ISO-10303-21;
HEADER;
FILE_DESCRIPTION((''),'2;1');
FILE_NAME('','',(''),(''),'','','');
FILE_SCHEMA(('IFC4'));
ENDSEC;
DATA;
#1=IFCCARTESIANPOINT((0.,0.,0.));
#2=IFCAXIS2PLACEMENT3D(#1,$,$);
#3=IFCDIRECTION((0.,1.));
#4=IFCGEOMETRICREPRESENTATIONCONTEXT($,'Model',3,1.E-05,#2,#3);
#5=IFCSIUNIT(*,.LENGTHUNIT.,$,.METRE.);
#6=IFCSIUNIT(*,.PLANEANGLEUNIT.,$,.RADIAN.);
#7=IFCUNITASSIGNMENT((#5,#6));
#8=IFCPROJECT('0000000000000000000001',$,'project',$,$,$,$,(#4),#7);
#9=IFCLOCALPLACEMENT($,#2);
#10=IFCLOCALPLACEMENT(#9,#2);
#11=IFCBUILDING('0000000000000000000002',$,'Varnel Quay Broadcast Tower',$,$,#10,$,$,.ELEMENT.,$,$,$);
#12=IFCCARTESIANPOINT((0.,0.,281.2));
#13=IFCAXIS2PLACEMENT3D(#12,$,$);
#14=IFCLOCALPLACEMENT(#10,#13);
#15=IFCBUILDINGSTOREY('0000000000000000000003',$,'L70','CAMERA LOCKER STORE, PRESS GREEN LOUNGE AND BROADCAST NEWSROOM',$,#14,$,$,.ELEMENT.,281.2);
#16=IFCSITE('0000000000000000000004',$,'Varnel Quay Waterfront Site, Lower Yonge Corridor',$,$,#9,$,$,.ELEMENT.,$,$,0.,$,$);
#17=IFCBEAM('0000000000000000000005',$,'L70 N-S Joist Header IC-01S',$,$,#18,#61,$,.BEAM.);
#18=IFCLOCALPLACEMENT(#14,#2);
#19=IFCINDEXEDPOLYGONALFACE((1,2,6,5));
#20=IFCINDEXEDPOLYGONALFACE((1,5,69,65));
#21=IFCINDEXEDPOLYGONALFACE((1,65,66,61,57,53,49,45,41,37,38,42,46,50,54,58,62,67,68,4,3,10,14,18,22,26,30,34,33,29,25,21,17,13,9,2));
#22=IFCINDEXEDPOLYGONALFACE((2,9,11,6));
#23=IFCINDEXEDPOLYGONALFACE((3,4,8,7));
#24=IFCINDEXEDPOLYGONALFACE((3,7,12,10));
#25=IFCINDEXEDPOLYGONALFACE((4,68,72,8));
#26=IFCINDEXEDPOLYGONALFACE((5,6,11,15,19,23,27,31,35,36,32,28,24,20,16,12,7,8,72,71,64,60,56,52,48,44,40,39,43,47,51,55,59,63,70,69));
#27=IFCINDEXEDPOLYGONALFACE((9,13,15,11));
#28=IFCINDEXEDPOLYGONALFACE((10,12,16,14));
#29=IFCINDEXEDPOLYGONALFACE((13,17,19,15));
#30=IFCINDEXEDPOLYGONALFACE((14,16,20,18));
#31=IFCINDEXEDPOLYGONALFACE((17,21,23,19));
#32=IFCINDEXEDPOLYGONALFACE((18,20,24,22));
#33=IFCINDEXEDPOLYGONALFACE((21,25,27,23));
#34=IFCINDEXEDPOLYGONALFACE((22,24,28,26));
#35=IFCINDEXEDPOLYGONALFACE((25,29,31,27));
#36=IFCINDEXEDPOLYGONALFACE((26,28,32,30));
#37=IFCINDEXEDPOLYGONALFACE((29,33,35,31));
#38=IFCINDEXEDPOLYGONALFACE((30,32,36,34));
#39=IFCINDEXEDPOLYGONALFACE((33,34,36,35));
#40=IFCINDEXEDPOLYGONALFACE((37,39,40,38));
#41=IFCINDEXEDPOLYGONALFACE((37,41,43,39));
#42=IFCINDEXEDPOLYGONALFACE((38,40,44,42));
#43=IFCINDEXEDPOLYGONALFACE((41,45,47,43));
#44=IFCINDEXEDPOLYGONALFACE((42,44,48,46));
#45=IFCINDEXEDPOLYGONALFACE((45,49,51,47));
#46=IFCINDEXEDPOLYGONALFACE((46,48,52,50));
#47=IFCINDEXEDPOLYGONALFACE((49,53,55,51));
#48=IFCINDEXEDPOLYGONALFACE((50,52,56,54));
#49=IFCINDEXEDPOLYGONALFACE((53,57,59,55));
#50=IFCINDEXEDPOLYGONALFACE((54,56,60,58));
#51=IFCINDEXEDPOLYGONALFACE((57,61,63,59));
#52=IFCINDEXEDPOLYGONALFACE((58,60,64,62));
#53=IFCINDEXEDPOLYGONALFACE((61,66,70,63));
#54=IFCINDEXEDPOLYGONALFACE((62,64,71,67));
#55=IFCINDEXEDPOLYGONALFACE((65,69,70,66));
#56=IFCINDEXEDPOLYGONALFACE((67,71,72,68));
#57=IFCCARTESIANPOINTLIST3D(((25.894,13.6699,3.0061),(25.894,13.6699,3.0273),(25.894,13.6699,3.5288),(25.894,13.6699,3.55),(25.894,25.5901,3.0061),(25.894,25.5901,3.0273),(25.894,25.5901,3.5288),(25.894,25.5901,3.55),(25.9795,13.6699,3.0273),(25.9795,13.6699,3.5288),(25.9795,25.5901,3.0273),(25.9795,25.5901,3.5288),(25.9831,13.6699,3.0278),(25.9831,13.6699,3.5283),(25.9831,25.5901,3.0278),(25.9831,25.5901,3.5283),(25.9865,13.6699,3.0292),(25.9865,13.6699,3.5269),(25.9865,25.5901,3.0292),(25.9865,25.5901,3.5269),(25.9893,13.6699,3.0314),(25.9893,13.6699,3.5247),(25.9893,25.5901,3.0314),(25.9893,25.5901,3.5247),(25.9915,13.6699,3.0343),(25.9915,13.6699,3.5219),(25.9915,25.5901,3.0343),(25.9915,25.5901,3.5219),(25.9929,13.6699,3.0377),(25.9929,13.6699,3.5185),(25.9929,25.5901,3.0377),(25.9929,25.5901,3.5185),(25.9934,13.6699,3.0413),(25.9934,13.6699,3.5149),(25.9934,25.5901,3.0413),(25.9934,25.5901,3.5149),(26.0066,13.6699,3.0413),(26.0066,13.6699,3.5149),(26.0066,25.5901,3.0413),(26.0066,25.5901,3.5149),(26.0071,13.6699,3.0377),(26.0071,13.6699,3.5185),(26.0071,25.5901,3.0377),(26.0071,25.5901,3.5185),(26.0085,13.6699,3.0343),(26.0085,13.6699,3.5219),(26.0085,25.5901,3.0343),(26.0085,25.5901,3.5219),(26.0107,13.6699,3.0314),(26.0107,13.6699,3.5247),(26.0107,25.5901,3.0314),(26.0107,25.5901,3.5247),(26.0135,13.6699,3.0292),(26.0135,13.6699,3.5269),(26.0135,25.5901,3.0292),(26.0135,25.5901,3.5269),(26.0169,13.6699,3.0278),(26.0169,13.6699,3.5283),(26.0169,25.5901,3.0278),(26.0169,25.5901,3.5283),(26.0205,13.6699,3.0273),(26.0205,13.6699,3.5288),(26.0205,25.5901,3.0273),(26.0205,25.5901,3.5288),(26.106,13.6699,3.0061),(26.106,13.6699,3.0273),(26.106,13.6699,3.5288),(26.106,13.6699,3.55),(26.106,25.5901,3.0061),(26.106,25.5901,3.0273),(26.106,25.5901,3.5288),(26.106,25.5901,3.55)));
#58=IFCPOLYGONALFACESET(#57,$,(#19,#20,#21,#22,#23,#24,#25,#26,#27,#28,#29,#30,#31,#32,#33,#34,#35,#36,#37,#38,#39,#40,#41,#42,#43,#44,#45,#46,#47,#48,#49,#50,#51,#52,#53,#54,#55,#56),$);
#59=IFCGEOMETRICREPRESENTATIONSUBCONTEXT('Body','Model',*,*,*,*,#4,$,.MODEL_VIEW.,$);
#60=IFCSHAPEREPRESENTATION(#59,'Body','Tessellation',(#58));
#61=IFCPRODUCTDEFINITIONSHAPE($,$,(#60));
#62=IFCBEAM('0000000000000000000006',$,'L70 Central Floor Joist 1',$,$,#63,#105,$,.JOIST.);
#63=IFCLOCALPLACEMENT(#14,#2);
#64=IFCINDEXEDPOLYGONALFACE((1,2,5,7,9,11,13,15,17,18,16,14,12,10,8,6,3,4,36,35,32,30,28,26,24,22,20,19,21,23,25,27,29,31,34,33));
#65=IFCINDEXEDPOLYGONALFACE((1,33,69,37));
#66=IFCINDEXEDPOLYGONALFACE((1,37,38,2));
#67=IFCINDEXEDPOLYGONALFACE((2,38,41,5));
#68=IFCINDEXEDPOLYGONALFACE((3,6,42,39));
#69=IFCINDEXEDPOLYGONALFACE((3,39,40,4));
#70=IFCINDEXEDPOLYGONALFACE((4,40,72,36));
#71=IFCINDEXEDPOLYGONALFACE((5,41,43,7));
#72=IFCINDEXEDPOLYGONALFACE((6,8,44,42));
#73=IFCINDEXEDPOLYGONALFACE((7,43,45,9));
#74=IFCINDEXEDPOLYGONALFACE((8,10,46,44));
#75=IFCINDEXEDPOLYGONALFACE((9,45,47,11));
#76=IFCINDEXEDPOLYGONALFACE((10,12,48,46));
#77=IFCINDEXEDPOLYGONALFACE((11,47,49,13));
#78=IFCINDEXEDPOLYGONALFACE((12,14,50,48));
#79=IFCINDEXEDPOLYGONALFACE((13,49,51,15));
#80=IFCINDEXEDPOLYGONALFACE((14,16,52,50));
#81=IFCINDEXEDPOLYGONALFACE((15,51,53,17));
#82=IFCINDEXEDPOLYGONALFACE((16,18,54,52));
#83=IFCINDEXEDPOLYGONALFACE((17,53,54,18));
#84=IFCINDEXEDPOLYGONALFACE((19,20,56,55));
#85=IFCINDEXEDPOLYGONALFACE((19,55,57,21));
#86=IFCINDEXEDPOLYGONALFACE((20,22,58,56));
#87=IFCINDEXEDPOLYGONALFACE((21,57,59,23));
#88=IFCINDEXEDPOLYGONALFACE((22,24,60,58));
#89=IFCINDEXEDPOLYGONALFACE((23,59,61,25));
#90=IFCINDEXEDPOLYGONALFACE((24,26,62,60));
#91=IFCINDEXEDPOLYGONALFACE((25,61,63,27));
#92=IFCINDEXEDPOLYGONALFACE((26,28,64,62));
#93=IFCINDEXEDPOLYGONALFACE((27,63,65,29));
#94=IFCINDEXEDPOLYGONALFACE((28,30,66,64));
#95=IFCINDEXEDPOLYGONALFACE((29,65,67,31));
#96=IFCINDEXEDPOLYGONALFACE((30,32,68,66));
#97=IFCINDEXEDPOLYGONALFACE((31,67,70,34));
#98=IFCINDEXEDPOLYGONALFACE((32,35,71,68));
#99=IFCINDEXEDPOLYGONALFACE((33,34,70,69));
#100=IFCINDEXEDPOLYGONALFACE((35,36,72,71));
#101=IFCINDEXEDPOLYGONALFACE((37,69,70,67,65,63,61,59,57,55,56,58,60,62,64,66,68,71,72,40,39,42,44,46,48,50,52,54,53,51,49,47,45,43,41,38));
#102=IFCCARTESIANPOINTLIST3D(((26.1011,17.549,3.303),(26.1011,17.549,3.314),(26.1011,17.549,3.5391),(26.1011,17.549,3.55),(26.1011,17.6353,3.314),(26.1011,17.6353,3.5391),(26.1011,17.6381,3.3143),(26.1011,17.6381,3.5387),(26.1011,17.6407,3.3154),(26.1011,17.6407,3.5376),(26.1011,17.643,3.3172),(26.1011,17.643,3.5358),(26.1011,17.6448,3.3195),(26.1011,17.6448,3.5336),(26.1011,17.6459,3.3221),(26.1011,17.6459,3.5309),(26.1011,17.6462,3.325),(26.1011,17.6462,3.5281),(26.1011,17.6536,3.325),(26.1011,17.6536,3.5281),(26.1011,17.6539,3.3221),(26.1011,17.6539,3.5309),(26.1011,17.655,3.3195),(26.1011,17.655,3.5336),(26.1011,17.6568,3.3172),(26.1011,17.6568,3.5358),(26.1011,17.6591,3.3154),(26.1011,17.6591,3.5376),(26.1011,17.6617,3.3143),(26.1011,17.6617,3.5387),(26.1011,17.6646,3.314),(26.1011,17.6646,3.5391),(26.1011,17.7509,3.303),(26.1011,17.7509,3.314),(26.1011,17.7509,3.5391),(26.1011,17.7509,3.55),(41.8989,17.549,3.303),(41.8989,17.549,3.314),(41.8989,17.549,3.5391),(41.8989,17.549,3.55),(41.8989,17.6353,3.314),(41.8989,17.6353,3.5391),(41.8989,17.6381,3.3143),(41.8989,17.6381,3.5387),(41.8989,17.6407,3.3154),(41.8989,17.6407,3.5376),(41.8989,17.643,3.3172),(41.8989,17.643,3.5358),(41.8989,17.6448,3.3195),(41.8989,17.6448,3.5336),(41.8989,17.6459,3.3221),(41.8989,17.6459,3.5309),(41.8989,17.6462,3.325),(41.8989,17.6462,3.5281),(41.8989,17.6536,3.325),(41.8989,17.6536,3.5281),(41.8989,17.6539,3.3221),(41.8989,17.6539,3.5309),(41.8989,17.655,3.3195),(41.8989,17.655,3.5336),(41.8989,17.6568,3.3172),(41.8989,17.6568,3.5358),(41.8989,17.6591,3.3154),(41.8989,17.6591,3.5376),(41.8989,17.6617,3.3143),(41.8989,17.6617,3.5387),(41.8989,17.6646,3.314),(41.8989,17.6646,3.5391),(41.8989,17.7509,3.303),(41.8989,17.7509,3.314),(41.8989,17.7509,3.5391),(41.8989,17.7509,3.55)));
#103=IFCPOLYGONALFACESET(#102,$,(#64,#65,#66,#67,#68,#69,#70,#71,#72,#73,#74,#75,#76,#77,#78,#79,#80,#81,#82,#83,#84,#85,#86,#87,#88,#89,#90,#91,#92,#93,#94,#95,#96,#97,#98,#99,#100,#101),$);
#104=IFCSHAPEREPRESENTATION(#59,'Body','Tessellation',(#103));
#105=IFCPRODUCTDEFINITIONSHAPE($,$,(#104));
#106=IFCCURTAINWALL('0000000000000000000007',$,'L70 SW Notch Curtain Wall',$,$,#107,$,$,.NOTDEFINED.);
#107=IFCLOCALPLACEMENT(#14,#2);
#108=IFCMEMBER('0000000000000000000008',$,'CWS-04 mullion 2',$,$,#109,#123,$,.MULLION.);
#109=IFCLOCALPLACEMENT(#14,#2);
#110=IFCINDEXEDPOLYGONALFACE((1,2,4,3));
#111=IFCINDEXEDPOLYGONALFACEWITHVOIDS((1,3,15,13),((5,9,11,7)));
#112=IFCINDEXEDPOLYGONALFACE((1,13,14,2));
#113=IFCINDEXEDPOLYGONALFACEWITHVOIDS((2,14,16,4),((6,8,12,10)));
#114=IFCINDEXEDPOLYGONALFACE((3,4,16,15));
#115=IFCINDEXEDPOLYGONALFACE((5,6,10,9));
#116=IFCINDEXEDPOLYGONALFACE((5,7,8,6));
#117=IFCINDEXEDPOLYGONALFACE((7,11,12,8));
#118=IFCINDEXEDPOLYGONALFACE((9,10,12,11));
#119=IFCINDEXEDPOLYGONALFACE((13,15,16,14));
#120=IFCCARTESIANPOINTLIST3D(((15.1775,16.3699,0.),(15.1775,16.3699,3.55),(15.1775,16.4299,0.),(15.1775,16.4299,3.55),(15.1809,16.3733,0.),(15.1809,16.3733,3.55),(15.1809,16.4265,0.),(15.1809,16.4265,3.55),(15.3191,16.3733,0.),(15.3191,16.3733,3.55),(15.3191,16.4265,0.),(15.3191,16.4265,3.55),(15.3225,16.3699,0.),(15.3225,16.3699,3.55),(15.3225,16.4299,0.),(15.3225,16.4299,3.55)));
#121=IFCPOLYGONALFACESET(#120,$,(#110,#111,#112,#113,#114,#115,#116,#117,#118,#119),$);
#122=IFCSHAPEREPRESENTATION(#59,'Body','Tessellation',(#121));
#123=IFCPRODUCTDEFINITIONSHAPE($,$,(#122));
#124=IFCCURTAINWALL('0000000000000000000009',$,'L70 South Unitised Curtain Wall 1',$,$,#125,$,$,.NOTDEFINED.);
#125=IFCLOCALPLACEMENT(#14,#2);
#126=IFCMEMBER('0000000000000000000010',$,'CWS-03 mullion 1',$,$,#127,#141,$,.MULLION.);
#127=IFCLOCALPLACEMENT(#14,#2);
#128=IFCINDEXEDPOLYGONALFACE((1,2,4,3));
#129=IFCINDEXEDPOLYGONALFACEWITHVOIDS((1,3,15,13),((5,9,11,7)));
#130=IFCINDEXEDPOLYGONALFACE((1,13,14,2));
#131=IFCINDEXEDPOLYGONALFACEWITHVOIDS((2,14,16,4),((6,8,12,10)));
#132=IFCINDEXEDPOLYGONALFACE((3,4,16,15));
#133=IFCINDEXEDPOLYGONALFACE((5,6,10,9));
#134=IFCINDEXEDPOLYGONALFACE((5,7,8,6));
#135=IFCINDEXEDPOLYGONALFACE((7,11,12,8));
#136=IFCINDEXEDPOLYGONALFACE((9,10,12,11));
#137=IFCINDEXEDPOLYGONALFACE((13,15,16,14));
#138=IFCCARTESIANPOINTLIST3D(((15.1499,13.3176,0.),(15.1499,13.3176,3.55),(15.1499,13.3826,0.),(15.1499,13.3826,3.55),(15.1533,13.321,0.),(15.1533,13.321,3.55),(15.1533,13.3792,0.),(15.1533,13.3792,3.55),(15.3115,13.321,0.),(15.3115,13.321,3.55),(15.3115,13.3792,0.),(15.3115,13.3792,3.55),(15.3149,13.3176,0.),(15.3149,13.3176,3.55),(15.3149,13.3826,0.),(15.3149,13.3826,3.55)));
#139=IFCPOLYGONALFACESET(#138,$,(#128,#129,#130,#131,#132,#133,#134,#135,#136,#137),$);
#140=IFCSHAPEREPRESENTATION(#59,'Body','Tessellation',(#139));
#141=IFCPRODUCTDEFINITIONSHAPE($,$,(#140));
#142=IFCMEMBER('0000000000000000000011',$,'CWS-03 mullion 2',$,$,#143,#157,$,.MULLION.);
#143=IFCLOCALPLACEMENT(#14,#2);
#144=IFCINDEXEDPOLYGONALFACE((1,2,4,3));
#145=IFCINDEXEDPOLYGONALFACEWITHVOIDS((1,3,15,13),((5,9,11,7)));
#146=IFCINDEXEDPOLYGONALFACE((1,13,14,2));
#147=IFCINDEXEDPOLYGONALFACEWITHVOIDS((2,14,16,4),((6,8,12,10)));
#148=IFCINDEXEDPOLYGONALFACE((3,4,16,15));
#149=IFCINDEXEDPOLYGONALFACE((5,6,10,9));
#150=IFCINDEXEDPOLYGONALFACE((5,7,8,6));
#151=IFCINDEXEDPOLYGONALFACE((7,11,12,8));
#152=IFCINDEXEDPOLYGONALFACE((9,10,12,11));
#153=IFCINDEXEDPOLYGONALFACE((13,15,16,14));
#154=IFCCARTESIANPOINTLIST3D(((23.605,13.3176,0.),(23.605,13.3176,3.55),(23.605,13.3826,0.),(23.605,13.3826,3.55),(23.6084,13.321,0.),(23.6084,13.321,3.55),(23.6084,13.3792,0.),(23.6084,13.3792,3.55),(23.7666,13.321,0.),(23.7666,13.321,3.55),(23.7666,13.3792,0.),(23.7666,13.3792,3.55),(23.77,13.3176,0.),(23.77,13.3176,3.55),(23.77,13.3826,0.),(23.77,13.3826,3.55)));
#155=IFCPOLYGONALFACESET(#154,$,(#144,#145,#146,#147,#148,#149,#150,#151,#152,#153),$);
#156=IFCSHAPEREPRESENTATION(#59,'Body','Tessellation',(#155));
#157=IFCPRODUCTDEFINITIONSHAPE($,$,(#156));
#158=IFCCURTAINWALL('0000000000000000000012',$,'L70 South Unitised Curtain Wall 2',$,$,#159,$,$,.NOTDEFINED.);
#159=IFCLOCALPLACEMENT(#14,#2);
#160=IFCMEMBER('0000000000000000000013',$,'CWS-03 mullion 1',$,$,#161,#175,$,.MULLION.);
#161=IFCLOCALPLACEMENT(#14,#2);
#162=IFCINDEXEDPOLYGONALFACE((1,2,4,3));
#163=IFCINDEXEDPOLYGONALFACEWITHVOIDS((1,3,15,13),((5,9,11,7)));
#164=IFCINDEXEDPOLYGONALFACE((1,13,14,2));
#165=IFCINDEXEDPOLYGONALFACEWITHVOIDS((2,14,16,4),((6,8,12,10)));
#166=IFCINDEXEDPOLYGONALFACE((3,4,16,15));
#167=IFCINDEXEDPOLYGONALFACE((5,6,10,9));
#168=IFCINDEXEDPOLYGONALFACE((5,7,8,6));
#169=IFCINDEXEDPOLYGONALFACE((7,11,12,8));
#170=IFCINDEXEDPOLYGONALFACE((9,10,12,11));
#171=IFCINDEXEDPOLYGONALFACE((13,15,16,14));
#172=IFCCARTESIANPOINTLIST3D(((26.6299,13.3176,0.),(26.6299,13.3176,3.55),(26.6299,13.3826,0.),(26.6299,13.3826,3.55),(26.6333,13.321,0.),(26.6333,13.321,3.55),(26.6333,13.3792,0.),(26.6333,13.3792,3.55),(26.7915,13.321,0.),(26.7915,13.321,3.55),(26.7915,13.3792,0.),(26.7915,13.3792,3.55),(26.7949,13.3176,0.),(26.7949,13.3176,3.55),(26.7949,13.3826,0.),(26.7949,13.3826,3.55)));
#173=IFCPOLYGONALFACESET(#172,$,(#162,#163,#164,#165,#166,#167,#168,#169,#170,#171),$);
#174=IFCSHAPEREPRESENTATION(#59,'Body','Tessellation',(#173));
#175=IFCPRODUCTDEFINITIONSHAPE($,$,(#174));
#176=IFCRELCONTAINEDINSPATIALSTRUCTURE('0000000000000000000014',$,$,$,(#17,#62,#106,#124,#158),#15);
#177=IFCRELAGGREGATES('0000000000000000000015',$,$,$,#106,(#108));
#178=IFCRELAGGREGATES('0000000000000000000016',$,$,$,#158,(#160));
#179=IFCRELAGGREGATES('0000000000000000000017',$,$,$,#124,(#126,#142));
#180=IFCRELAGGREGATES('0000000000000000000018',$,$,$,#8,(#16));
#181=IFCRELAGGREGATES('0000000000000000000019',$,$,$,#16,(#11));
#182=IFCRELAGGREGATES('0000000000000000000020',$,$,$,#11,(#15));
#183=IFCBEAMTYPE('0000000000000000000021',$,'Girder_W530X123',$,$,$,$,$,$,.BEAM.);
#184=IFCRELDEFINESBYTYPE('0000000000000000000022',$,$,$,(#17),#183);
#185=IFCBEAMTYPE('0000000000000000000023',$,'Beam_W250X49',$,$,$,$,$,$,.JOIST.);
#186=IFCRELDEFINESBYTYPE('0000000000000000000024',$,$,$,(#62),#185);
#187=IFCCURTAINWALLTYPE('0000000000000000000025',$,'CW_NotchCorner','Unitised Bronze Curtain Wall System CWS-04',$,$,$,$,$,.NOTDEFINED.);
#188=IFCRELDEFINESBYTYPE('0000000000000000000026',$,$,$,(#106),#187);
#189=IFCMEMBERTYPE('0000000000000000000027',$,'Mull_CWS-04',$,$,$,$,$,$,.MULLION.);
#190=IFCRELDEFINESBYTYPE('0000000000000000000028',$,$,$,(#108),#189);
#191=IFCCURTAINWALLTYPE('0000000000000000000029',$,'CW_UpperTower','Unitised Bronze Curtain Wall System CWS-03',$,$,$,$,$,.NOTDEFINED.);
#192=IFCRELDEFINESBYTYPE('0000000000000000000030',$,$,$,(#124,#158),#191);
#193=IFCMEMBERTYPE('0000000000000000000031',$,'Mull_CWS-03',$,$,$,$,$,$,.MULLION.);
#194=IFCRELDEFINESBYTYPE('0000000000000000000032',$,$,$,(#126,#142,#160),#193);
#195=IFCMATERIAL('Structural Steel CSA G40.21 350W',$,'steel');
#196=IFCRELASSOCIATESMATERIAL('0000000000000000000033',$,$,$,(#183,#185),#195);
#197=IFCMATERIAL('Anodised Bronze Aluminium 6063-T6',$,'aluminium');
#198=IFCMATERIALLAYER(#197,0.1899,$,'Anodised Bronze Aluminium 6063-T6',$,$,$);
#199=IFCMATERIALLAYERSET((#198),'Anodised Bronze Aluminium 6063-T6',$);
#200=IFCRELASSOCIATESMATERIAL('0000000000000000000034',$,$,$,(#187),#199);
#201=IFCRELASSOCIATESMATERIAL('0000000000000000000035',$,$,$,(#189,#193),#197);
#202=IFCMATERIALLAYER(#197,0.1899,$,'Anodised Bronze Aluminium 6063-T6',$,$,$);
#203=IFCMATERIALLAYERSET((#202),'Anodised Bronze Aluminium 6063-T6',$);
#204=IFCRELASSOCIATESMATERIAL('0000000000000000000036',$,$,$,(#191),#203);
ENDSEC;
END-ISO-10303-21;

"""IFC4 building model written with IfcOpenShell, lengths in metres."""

from ifc_helpers import new_model, si_unit, direction, frame, origin, origin_2d, place, context, subcontext, project, spatial, hollow_rectangle, i_section, extrude, source, transform, mapped, material, layer, layer_set, material_profile, profile_set, type_object, type_shapes, element, aggregate, save


model = new_model("IFC4")

# Units and contexts
model_context = context("Model", 3, precision=1e-05, world=origin(), true_north=direction((0.0, 1.0)))
body_context = subcontext(model_context, "Body", "Model", "MODEL_VIEW")
ifc_project = project(units=[si_unit("LENGTHUNIT", "METRE"), si_unit("PLANEANGLEUNIT", "RADIAN")], contexts=[model_context])

# Site, building, storey
site_placement = place(None, origin())
site = spatial("IfcSite", under=ifc_project, at=site_placement, Name="Varnel Quay Waterfront Site, Lower Yonge Corridor", CompositionType="ELEMENT", RefElevation=0.0)
building_placement = place(site_placement, origin())
building = spatial("IfcBuilding", under=site, at=building_placement, Name="Varnel Quay Broadcast Tower", CompositionType="ELEMENT")
storey_placement = place(building_placement, frame((0.0, 0.0, 281.2)))
storey = spatial("IfcBuildingStorey", under=building, at=storey_placement, Name="L70", Description="CAMERA LOCKER STORE, PRESS GREEN LOUNGE AND BROADCAST NEWSROOM", CompositionType="ELEMENT", Elevation=281.2)

# Shared definitions
ifc_material_1 = material(Name="Structural Steel CSA G40.21 350W", Category="steel")

# Beams
ifc_material_profile_1 = material_profile(ifc_material_1, i_section(OverallWidth=0.2119, OverallDepth=0.5439, WebThickness=0.0132, FlangeThickness=0.0212, FilletRadius=0.0139, at=origin_2d()), Name="W530X123")
ifc_profile_set_1 = profile_set([ifc_material_profile_1], Name="Structural Steel CSA G40.21 350W")
beam_type_1 = type_object("IfcBeamType", Name="Girder_W530X123", PredefinedType="BEAM", material=ifc_profile_set_1)
shared_shape_1 = source(origin(), body_context, "Body", "SweptSolid", [
    extrude(i_section(OverallWidth=0.2119, OverallDepth=0.5439, WebThickness=0.0132, FlangeThickness=0.0212, FilletRadius=0.0139, at=origin_2d()), origin(), (0.0, 0.0, 1.0), 11.9202),
])
type_shapes(beam_type_1, [shared_shape_1])
beam_1_placement = place(storey_placement, frame((26.0, 13.6699, 3.2781), z_axis=(0.0, 1.0, 0.0), x_axis=(-1.0, 0.0, 0.0)))
element("IfcBeam", 1, at=beam_1_placement, inside=storey, type_object=beam_type_1, Name="L70 N-S Joist Header IC-01S", PredefinedType="BEAM", context=body_context, shape_type="MappedRepresentation", body=[
    mapped(shared_shape_1, transform((0.0, 0.0, 0.0), x_axis=(1.0, 0.0, 0.0), y_axis=(0.0, 1.0, 0.0), z_axis=(0.0, 0.0, 1.0), scale=1.0)),
])
ifc_material_profile_2 = material_profile(ifc_material_1, i_section(OverallWidth=0.2019, OverallDepth=0.2471, WebThickness=0.0073, FlangeThickness=0.011, FilletRadius=0.011, at=origin_2d()), Name="W250X49")
ifc_profile_set_2 = profile_set([ifc_material_profile_2], Name="Structural Steel CSA G40.21 350W")
beam_type_2 = type_object("IfcBeamType", Name="Beam_W250X49", PredefinedType="JOIST", material=ifc_profile_set_2)
shared_shape_2 = source(origin(), body_context, "Body", "SweptSolid", [
    extrude(i_section(OverallWidth=0.2019, OverallDepth=0.2471, WebThickness=0.0073, FlangeThickness=0.011, FilletRadius=0.011, at=origin_2d()), origin(), (0.0, 0.0, 1.0), 15.7979),
])
type_shapes(beam_type_2, [shared_shape_2])
beam_2_placement = place(storey_placement, frame((26.1011, 17.6499, 3.4265), z_axis=(1.0, 0.0, 0.0), x_axis=(0.0, 1.0, 0.0)))
element("IfcBeam", 2, at=beam_2_placement, inside=storey, type_object=beam_type_2, Name="L70 Central Floor Joist 1", PredefinedType="JOIST", context=body_context, shape_type="MappedRepresentation", body=[
    mapped(shared_shape_2, transform((0.0, 0.0, 0.0), x_axis=(1.0, 0.0, 0.0), y_axis=(0.0, 1.0, 0.0), z_axis=(0.0, 0.0, 1.0), scale=1.0)),
])

# Curtain wall, member
ifc_material_2 = material(Name="Anodised Bronze Aluminium 6063-T6", Category="aluminium")
ifc_layer_1 = layer(ifc_material_2, 0.1899, Name="Anodised Bronze Aluminium 6063-T6")
ifc_layer_set_1 = layer_set([ifc_layer_1], Name="Anodised Bronze Aluminium 6063-T6")
curtain_wall_type_1 = type_object("IfcCurtainWallType", Name="CW_NotchCorner", Description="Unitised Bronze Curtain Wall System CWS-04", PredefinedType="NOTDEFINED", material=ifc_layer_set_1)
curtain_wall_1_placement = place(storey_placement, origin())
curtain_wall_1 = element("IfcCurtainWall", 3, at=curtain_wall_1_placement, inside=storey, type_object=curtain_wall_type_1, Name="L70 SW Notch Curtain Wall", PredefinedType="NOTDEFINED")
ifc_material_profile_3 = material_profile(ifc_material_2, hollow_rectangle(XDim=0.0601, YDim=0.145, WallThickness=0.0034, at=origin_2d()), Name="ALU60X145X3.5")
ifc_profile_set_3 = profile_set([ifc_material_profile_3], Name="Anodised Bronze Aluminium 6063-T6")
member_type_1 = type_object("IfcMemberType", Name="Mull_CWS-04", PredefinedType="MULLION", material=ifc_profile_set_3)
shared_shape_3 = source(origin(), body_context, "Body", "SweptSolid", [
    extrude(hollow_rectangle(XDim=0.0601, YDim=0.145, WallThickness=0.0034, at=origin_2d()), origin(), (0.0, 0.0, 1.0), 3.55),
])
type_shapes(member_type_1, [shared_shape_3])
member_1_placement = place(storey_placement, frame((15.25, 16.3999, 0.0), z_axis=(0.0, 0.0, 1.0), x_axis=(0.0, 1.0, 0.0)))
member_1 = element("IfcMember", 4, at=member_1_placement, type_object=member_type_1, Name="CWS-04 mullion 2", PredefinedType="MULLION", context=body_context, shape_type="MappedRepresentation", body=[
    mapped(shared_shape_3, transform((0.0, 0.0, 0.0), x_axis=(1.0, 0.0, 0.0), y_axis=(0.0, 1.0, 0.0), z_axis=(0.0, 0.0, 1.0), scale=1.0)),
])
aggregate(curtain_wall_1, [member_1])

# Curtain wall, members
ifc_layer_2 = layer(ifc_material_2, 0.1899, Name="Anodised Bronze Aluminium 6063-T6")
ifc_layer_set_2 = layer_set([ifc_layer_2], Name="Anodised Bronze Aluminium 6063-T6")
curtain_wall_type_2 = type_object("IfcCurtainWallType", Name="CW_UpperTower", Description="Unitised Bronze Curtain Wall System CWS-03", PredefinedType="NOTDEFINED", material=ifc_layer_set_2)
curtain_wall_2_placement = place(storey_placement, origin())
curtain_wall_2 = element("IfcCurtainWall", 5, at=curtain_wall_2_placement, inside=storey, type_object=curtain_wall_type_2, Name="L70 South Unitised Curtain Wall 1", PredefinedType="NOTDEFINED")
ifc_material_profile_4 = material_profile(ifc_material_2, hollow_rectangle(XDim=0.0649, YDim=0.165, WallThickness=0.0034, at=origin_2d()), Name="ALU65X165X3.5")
ifc_profile_set_4 = profile_set([ifc_material_profile_4], Name="Anodised Bronze Aluminium 6063-T6")
member_type_2 = type_object("IfcMemberType", Name="Mull_CWS-03", PredefinedType="MULLION", material=ifc_profile_set_4)
shared_shape_4 = source(origin(), body_context, "Body", "SweptSolid", [
    extrude(hollow_rectangle(XDim=0.0649, YDim=0.165, WallThickness=0.0034, at=origin_2d()), origin(), (0.0, 0.0, 1.0), 3.55),
])
type_shapes(member_type_2, [shared_shape_4])
member_2_placement = place(storey_placement, frame((15.2324, 13.3501, 0.0), z_axis=(0.0, 0.0, 1.0), x_axis=(0.0, 1.0, 0.0)))
member_2 = element("IfcMember", 6, at=member_2_placement, type_object=member_type_2, Name="CWS-03 mullion 1", PredefinedType="MULLION", context=body_context, shape_type="MappedRepresentation", body=[
    mapped(shared_shape_4, transform((0.0, 0.0, 0.0), x_axis=(1.0, 0.0, 0.0), y_axis=(0.0, 1.0, 0.0), z_axis=(0.0, 0.0, 1.0), scale=1.0)),
])
member_3_placement = place(storey_placement, frame((23.6875, 13.3501, 0.0), z_axis=(0.0, 0.0, 1.0), x_axis=(0.0, 1.0, 0.0)))
member_3 = element("IfcMember", 7, at=member_3_placement, type_object=member_type_2, Name="CWS-03 mullion 2", PredefinedType="MULLION", context=body_context, shape_type="MappedRepresentation", body=[
    mapped(shared_shape_4, transform((0.0, 0.0, 0.0), x_axis=(1.0, 0.0, 0.0), y_axis=(0.0, 1.0, 0.0), z_axis=(0.0, 0.0, 1.0), scale=1.0)),
])

# Curtain wall, member
curtain_wall_3_placement = place(storey_placement, origin())
curtain_wall_3 = element("IfcCurtainWall", 8, at=curtain_wall_3_placement, inside=storey, type_object=curtain_wall_type_2, Name="L70 South Unitised Curtain Wall 2", PredefinedType="NOTDEFINED")
member_4_placement = place(storey_placement, frame((26.7124, 13.3501, 0.0), z_axis=(0.0, 0.0, 1.0), x_axis=(0.0, 1.0, 0.0)))
member_4 = element("IfcMember", 9, at=member_4_placement, type_object=member_type_2, Name="CWS-03 mullion 1", PredefinedType="MULLION", context=body_context, shape_type="MappedRepresentation", body=[
    mapped(shared_shape_4, transform((0.0, 0.0, 0.0), x_axis=(1.0, 0.0, 0.0), y_axis=(0.0, 1.0, 0.0), z_axis=(0.0, 0.0, 1.0), scale=1.0)),
])

aggregate(curtain_wall_3, [member_4])

aggregate(curtain_wall_2, [member_2, member_3])

save(model, "model.ifc")
